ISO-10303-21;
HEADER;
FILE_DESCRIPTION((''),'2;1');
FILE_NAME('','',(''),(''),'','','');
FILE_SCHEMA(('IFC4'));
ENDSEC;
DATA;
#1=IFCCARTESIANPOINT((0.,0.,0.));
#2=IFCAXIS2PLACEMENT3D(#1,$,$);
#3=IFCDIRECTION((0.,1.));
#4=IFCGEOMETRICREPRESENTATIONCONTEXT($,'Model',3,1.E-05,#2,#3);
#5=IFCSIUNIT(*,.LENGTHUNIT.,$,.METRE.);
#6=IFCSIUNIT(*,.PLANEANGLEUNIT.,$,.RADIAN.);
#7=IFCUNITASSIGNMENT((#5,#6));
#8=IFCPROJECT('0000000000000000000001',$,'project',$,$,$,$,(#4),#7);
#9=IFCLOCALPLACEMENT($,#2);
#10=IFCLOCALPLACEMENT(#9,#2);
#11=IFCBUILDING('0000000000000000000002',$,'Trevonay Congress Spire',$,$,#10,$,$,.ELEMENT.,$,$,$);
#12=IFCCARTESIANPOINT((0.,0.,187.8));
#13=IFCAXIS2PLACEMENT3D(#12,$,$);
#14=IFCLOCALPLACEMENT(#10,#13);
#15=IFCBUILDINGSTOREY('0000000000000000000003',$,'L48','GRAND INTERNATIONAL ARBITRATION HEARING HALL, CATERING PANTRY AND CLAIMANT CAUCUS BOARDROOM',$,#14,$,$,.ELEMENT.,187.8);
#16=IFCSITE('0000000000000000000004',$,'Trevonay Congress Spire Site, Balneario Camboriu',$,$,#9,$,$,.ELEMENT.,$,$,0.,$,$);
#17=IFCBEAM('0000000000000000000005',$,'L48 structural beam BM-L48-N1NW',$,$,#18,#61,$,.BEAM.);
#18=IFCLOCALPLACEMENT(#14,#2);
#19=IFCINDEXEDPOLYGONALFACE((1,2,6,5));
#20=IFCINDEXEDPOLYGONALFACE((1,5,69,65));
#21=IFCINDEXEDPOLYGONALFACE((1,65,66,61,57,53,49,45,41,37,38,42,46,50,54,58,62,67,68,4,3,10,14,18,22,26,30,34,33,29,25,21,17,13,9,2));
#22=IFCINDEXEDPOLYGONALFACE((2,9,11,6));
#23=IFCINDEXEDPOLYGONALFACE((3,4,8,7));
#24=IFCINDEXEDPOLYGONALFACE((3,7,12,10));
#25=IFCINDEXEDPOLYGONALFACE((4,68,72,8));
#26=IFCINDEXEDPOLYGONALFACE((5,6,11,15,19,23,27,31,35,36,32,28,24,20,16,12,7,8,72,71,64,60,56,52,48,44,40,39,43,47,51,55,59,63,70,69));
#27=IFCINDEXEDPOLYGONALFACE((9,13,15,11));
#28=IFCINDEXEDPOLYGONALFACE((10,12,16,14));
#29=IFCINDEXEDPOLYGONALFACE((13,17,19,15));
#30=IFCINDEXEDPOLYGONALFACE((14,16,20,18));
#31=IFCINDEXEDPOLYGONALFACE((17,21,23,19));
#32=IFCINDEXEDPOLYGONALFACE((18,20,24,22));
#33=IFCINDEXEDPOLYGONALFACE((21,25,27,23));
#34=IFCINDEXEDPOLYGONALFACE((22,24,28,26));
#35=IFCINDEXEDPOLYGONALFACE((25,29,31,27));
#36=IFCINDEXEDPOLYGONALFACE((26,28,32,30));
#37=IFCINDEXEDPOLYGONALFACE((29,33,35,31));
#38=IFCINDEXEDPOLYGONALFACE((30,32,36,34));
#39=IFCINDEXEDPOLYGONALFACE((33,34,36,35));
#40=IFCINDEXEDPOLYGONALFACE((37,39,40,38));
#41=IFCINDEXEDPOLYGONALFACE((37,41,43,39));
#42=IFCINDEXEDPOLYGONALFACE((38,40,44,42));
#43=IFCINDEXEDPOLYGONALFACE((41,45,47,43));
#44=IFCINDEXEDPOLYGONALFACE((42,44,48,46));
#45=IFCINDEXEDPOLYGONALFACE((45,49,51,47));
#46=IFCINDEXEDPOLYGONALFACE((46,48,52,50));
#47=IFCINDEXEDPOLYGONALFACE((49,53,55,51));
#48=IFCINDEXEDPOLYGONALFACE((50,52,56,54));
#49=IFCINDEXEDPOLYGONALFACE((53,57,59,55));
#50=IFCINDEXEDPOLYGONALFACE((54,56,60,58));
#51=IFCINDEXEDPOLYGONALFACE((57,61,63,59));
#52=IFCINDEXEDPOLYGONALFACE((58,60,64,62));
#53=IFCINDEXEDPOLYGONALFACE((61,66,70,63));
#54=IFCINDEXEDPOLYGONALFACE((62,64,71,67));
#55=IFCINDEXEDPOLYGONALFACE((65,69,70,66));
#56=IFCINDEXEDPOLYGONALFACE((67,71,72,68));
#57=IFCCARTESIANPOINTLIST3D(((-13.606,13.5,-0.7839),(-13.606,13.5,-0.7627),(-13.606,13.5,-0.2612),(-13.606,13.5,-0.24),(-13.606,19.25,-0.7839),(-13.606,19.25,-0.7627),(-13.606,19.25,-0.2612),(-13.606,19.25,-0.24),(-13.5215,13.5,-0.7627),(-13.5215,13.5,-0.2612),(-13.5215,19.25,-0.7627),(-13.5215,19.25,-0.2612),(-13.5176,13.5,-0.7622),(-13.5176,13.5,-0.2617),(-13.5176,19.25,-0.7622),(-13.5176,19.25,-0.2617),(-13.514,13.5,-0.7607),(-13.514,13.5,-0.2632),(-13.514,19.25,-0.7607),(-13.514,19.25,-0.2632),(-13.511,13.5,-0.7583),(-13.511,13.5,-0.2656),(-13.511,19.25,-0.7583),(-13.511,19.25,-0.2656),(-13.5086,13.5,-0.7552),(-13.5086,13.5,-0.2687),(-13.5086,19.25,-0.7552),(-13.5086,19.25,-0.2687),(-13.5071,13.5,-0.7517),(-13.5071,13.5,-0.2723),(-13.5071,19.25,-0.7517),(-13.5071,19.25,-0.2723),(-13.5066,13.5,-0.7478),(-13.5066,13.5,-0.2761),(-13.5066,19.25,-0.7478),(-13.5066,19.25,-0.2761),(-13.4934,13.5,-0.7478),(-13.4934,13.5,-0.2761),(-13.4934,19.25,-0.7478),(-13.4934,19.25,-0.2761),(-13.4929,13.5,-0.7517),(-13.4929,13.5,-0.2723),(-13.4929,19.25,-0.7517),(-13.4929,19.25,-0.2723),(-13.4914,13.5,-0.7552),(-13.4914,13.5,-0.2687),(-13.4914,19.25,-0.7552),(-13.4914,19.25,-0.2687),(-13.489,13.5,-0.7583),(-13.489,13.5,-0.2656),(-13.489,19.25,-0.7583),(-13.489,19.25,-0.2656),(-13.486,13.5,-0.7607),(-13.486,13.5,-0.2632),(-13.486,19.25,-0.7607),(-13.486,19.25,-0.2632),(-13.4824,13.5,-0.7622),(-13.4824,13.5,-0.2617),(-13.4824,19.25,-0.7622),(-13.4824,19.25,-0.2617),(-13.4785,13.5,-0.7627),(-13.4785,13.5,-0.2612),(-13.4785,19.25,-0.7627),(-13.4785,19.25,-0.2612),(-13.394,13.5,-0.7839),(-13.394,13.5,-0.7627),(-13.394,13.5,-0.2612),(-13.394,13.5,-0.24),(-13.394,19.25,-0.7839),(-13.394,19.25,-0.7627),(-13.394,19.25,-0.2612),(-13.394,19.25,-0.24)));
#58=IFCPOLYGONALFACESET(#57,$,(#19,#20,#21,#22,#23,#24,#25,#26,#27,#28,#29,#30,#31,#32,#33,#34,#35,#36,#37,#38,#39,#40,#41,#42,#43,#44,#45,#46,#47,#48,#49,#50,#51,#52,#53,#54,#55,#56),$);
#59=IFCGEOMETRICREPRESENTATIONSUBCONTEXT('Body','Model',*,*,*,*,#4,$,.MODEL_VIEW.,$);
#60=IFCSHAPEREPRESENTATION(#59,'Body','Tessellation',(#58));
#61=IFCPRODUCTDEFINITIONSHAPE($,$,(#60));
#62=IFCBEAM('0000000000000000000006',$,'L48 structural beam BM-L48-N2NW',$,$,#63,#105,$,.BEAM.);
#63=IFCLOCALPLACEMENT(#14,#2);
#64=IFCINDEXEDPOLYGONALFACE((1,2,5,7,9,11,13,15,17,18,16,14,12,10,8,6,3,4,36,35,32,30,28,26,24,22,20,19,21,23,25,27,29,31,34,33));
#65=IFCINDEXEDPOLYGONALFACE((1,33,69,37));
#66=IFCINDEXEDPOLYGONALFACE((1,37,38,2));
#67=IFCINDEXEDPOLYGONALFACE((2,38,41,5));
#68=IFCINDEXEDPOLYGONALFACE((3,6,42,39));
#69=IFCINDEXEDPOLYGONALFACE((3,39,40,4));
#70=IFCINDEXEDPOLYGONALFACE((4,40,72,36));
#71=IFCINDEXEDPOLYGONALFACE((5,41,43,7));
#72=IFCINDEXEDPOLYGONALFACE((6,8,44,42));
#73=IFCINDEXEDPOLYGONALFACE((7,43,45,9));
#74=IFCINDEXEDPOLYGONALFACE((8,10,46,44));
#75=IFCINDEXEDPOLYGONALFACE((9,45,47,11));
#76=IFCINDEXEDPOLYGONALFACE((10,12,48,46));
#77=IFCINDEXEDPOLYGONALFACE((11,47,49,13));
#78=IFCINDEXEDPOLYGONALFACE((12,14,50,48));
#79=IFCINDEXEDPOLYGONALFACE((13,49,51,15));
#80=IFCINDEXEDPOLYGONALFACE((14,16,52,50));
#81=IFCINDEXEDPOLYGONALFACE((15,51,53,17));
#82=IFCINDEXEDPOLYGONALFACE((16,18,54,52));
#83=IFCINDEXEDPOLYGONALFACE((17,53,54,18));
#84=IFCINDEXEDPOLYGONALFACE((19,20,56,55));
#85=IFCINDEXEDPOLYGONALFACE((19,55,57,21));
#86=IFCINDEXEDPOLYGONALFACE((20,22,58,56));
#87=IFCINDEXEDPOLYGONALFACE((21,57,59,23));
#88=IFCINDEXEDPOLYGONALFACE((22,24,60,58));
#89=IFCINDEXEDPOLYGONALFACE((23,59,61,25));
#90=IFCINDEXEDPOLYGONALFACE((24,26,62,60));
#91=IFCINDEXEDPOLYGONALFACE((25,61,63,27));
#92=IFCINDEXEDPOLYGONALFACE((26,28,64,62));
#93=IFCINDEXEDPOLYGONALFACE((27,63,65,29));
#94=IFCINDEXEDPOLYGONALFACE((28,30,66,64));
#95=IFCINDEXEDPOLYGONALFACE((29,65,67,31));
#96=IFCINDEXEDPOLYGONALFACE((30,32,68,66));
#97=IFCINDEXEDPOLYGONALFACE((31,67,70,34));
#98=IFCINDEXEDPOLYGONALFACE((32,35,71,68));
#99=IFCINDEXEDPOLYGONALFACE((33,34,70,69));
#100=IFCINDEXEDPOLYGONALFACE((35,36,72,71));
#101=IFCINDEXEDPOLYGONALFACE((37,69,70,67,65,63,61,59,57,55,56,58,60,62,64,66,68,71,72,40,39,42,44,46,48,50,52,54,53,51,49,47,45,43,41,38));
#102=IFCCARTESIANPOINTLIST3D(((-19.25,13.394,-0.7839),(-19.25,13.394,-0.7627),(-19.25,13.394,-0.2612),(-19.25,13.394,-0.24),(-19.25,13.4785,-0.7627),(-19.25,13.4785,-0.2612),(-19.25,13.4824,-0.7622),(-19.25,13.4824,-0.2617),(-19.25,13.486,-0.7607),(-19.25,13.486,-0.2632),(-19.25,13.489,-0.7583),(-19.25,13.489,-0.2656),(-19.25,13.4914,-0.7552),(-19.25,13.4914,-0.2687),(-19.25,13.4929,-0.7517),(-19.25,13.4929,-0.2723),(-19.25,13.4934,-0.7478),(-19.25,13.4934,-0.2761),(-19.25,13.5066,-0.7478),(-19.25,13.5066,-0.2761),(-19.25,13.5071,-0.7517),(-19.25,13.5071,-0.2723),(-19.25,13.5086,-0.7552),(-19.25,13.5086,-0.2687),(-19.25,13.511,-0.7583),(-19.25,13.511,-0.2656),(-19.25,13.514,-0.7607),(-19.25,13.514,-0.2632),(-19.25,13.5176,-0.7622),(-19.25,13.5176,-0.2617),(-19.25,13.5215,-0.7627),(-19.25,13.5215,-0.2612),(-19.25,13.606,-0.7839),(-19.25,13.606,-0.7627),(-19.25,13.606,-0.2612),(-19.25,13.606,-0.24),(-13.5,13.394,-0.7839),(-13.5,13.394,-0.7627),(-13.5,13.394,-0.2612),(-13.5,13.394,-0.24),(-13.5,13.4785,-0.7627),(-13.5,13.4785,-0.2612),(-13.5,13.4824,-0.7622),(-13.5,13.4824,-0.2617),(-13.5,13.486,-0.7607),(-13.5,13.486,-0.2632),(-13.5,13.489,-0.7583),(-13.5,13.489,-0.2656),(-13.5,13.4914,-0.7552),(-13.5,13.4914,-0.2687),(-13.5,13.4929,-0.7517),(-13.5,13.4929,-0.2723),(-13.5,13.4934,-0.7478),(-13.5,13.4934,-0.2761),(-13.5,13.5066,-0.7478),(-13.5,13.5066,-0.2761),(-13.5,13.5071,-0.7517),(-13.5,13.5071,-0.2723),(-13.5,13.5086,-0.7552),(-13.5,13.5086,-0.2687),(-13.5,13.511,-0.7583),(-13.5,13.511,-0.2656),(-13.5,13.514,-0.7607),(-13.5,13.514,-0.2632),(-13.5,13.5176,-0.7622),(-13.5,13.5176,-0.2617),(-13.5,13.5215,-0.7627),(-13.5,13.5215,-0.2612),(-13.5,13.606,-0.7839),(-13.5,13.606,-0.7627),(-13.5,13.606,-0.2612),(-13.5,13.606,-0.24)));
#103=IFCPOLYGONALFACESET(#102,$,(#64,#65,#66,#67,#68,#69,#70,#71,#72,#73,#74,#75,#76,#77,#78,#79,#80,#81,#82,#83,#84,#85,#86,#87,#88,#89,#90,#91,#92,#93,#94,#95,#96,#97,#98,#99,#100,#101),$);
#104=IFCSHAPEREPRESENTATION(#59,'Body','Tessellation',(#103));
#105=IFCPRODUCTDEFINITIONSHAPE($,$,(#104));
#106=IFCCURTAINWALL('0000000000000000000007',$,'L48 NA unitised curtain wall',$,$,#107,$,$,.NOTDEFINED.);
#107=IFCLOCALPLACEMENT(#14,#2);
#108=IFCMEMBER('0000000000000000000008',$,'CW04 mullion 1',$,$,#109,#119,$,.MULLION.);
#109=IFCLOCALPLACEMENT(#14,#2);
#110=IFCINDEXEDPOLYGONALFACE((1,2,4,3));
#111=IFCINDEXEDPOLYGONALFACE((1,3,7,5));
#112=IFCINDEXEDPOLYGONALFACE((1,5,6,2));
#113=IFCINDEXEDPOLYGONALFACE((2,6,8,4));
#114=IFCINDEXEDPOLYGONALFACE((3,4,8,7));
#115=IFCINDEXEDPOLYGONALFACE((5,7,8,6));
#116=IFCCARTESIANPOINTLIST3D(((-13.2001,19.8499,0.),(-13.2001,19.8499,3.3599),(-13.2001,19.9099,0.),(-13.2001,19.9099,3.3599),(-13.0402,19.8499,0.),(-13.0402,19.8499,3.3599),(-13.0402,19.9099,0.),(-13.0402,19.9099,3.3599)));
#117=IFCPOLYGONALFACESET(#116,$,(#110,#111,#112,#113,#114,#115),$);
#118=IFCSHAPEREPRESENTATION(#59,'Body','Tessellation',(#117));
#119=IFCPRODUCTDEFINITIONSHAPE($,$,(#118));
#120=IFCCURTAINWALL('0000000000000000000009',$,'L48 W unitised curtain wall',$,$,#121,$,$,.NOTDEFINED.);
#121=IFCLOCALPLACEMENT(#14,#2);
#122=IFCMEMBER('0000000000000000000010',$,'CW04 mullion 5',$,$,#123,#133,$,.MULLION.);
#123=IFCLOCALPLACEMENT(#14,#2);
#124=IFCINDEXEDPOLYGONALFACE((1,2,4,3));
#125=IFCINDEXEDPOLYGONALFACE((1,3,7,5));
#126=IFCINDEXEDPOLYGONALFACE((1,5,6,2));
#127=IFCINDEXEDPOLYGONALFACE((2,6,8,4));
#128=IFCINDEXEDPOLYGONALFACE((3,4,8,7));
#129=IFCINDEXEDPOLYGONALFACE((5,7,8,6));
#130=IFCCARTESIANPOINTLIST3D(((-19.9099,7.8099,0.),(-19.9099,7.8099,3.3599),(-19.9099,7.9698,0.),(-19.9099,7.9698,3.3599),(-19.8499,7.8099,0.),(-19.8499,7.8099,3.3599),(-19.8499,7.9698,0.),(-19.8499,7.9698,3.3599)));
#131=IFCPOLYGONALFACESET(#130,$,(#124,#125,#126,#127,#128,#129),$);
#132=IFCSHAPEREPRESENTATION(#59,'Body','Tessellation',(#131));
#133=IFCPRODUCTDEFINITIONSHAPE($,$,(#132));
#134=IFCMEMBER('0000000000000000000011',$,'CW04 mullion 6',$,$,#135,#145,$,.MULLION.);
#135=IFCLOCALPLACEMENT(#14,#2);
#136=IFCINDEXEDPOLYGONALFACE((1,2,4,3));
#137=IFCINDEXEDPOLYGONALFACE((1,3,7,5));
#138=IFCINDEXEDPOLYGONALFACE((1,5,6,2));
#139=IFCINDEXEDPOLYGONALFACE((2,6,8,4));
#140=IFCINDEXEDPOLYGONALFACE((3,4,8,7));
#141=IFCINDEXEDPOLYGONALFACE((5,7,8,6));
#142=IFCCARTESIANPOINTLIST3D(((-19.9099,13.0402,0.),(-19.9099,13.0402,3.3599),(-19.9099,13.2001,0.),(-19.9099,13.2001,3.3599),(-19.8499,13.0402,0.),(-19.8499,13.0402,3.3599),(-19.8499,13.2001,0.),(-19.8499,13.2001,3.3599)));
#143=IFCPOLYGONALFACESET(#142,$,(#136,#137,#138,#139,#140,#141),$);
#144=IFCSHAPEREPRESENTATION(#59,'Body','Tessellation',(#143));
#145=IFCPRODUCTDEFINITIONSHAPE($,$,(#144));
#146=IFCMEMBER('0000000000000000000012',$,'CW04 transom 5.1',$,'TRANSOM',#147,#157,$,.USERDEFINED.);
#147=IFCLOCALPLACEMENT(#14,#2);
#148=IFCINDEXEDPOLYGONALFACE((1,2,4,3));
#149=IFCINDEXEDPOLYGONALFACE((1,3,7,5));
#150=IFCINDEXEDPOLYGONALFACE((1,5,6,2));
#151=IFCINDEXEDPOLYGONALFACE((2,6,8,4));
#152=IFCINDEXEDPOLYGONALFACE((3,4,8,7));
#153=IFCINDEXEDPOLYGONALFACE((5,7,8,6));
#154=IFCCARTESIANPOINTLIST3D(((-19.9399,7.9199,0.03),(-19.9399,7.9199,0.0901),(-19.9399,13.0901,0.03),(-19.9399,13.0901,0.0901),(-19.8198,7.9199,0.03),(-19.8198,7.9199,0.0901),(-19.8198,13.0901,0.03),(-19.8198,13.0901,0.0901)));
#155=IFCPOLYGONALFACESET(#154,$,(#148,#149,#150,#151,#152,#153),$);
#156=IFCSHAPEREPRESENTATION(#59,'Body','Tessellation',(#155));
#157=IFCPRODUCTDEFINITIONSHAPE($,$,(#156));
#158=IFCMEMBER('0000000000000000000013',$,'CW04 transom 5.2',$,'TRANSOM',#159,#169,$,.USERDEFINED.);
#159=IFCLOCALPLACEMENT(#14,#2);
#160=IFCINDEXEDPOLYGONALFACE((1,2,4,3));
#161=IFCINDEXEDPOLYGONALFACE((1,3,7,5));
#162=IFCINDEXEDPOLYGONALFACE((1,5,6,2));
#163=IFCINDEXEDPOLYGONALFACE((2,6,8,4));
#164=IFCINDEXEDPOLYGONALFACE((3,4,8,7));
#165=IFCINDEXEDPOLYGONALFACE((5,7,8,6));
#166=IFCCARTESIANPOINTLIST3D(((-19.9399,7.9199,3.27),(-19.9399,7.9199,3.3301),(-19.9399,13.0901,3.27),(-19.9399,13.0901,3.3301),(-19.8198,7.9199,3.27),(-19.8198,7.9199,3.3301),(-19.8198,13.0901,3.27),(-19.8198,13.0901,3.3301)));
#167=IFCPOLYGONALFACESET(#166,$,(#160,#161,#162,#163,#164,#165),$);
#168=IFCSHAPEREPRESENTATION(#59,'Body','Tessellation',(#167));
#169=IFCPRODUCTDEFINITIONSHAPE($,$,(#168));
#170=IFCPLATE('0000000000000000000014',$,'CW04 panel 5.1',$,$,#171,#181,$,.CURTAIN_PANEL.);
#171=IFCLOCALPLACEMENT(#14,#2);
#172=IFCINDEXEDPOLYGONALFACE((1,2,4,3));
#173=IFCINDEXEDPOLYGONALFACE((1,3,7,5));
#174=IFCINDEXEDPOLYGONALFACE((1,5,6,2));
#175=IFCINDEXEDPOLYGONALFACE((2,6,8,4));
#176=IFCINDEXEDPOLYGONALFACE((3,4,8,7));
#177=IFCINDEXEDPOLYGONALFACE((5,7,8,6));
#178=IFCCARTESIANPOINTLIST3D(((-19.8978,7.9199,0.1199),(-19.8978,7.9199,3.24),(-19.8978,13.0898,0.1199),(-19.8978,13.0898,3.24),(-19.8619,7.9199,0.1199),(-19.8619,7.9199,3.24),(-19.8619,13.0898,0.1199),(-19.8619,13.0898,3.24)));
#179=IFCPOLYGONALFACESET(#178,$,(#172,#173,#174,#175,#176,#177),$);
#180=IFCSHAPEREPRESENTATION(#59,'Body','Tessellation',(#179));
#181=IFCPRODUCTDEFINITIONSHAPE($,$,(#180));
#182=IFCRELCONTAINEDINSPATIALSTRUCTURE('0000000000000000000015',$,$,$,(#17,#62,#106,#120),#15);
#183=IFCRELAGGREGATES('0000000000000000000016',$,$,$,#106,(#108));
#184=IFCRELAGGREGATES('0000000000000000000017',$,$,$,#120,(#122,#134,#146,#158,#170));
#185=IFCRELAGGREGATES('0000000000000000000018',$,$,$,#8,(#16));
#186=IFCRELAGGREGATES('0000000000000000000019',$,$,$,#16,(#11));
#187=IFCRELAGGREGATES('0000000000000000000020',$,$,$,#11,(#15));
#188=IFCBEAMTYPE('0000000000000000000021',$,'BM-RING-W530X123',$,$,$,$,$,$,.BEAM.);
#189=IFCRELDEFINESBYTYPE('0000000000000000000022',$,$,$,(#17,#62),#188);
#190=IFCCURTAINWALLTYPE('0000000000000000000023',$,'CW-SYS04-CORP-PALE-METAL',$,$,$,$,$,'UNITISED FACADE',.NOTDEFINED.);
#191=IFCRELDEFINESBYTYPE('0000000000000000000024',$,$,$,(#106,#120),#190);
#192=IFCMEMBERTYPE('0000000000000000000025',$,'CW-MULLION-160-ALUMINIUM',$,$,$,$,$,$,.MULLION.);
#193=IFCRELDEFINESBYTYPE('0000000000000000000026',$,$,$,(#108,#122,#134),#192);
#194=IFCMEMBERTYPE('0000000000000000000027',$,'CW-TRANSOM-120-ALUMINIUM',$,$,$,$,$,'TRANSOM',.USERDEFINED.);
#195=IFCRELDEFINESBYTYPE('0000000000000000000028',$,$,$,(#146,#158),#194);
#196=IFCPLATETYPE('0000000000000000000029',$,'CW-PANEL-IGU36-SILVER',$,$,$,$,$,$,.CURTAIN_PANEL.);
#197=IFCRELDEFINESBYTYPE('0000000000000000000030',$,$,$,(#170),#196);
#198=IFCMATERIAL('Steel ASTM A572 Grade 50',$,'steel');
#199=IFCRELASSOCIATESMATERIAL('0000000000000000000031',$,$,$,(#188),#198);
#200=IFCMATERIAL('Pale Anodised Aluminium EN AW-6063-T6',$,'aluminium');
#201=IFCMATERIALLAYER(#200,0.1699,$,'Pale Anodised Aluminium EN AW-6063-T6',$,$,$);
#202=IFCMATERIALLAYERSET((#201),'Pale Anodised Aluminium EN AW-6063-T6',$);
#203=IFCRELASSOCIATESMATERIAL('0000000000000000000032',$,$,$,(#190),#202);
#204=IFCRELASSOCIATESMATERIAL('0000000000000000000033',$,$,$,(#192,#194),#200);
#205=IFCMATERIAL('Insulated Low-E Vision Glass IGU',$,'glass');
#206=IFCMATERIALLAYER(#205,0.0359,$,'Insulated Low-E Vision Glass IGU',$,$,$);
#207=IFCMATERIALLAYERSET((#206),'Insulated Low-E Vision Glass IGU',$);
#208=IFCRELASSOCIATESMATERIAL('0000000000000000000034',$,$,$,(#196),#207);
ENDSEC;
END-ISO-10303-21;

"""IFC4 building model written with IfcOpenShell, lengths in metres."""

from ifc_helpers import new_model, si_unit, direction, frame, origin, origin_2d, place, context, subcontext, project, spatial, rectangle, i_section, extrude, material, layer, layer_set, material_profile, profile_set, type_object, element, aggregate, save


model = new_model("IFC4")

# Units and contexts
model_context = context("Model", 3, precision=1e-05, world=origin(), true_north=direction((0.0, 1.0)))
body_context = subcontext(model_context, "Body", "Model", "MODEL_VIEW")
ifc_project = project(units=[si_unit("LENGTHUNIT", "METRE"), si_unit("PLANEANGLEUNIT", "RADIAN")], contexts=[model_context])

# Site, building, storey
site_placement = place(None, origin())
site = spatial("IfcSite", under=ifc_project, at=site_placement, Name="Trevonay Congress Spire Site, Balneario Camboriu", CompositionType="ELEMENT", RefElevation=0.0)
building_placement = place(site_placement, origin())
building = spatial("IfcBuilding", under=site, at=building_placement, Name="Trevonay Congress Spire", CompositionType="ELEMENT")
storey_placement = place(building_placement, frame((0.0, 0.0, 187.8)))
storey = spatial("IfcBuildingStorey", under=building, at=storey_placement, Name="L48", Description="GRAND INTERNATIONAL ARBITRATION HEARING HALL, CATERING PANTRY AND CLAIMANT CAUCUS BOARDROOM", CompositionType="ELEMENT", Elevation=187.8)

# Shared definitions
ifc_material_1 = material(Name="Steel ASTM A572 Grade 50", Category="steel")

# Beams
ifc_material_profile_1 = material_profile(ifc_material_1, i_section(OverallWidth=0.2119, OverallDepth=0.5439, WebThickness=0.0132, FlangeThickness=0.0212, FilletRadius=0.0149, at=origin_2d()), Name="W530x123")
ifc_profile_set_1 = profile_set([ifc_material_profile_1], Name="Steel ASTM A572 Grade 50")
beam_type = type_object("IfcBeamType", Name="BM-RING-W530X123", PredefinedType="BEAM", material=ifc_profile_set_1)
for number, where, z_axis, x_axis, name in (
    (1, (-13.5, 19.25, -0.512), (0.0, -1.0, 0.0), (1.0, 0.0, 0.0), "L48 structural beam BM-L48-N1NW"),
    (2, (-19.25, 13.5, -0.512), (1.0, 0.0, 0.0), (0.0, 1.0, 0.0), "L48 structural beam BM-L48-N2NW"),
):
    element("IfcBeam", number, at=place(storey_placement, frame(where, z_axis=z_axis, x_axis=x_axis)), inside=storey, type_object=beam_type, Name=name, PredefinedType="BEAM", context=body_context, shape_type="SweptSolid", body=[
        extrude(i_section(OverallWidth=0.2119, OverallDepth=0.5439, WebThickness=0.0132, FlangeThickness=0.0212, FilletRadius=0.0149, at=origin_2d()), origin(), (0.0, 0.0, 1.0), 5.75),
    ])

# Curtain wall, member
ifc_material_2 = material(Name="Pale Anodised Aluminium EN AW-6063-T6", Category="aluminium")
ifc_layer_1 = layer(ifc_material_2, 0.1699, Name="Pale Anodised Aluminium EN AW-6063-T6")
ifc_layer_set_1 = layer_set([ifc_layer_1], Name="Pale Anodised Aluminium EN AW-6063-T6")
curtain_wall_type = type_object("IfcCurtainWallType", Name="CW-SYS04-CORP-PALE-METAL", ElementType="UNITISED FACADE", PredefinedType="NOTDEFINED", material=ifc_layer_set_1)
curtain_wall_1_placement = place(storey_placement, origin())
curtain_wall_1 = element("IfcCurtainWall", 3, at=curtain_wall_1_placement, inside=storey, type_object=curtain_wall_type, Name="L48 NA unitised curtain wall", PredefinedType="NOTDEFINED")
ifc_material_profile_2 = material_profile(ifc_material_2, rectangle(XDim=0.0601, YDim=0.1599, at=origin_2d()), Name="CW-MULLION-160-ALUMINIUM")
ifc_profile_set_2 = profile_set([ifc_material_profile_2], Name="Pale Anodised Aluminium EN AW-6063-T6")
member_type_1 = type_object("IfcMemberType", Name="CW-MULLION-160-ALUMINIUM", PredefinedType="MULLION", material=ifc_profile_set_2)
member_1_placement = place(storey_placement, frame((-13.1201, 19.8799, 0.0), z_axis=(0.0, 0.0, 1.0), x_axis=(0.0, 1.0, 0.0)))
member_1 = element("IfcMember", 4, at=member_1_placement, type_object=member_type_1, Name="CW04 mullion 1", PredefinedType="MULLION", context=body_context, shape_type="SweptSolid", body=[
    extrude(rectangle(XDim=0.0601, YDim=0.1599, at=origin_2d()), origin(), (0.0, 0.0, 1.0), 3.3599),
])
aggregate(curtain_wall_1, [member_1])

# Curtain wall, members, plate
curtain_wall_2_placement = place(storey_placement, origin())
curtain_wall_2 = element("IfcCurtainWall", 5, at=curtain_wall_2_placement, inside=storey, type_object=curtain_wall_type, Name="L48 W unitised curtain wall", PredefinedType="NOTDEFINED")
member_2_placement = place(storey_placement, frame((-19.8799, 7.8899, 0.0), z_axis=(0.0, 0.0, 1.0), x_axis=(-1.0, 0.0, 0.0)))
member_2 = element("IfcMember", 6, at=member_2_placement, type_object=member_type_1, Name="CW04 mullion 5", PredefinedType="MULLION", context=body_context, shape_type="SweptSolid", body=[
    extrude(rectangle(XDim=0.0601, YDim=0.1599, at=origin_2d()), origin(), (0.0, 0.0, 1.0), 3.3599),
])
member_3_placement = place(storey_placement, frame((-19.8799, 13.1201, 0.0), z_axis=(0.0, 0.0, 1.0), x_axis=(-1.0, 0.0, 0.0)))
member_3 = element("IfcMember", 7, at=member_3_placement, type_object=member_type_1, Name="CW04 mullion 6", PredefinedType="MULLION", context=body_context, shape_type="SweptSolid", body=[
    extrude(rectangle(XDim=0.0601, YDim=0.1599, at=origin_2d()), origin(), (0.0, 0.0, 1.0), 3.3599),
])
ifc_material_profile_3 = material_profile(ifc_material_2, rectangle(XDim=0.1201, YDim=0.0601, at=origin_2d()), Name="CW-TRANSOM-120-ALUMINIUM")
ifc_profile_set_3 = profile_set([ifc_material_profile_3], Name="Pale Anodised Aluminium EN AW-6063-T6")
member_type_2 = type_object("IfcMemberType", Name="CW-TRANSOM-120-ALUMINIUM", ElementType="TRANSOM", PredefinedType="USERDEFINED", material=ifc_profile_set_3)
member_4_placement = place(storey_placement, frame((-19.8799, 7.9199, 0.0601), z_axis=(0.0, 1.0, 0.0), x_axis=(-1.0, 0.0, 0.0)))
member_4 = element("IfcMember", 8, at=member_4_placement, type_object=member_type_2, Name="CW04 transom 5.1", ObjectType="TRANSOM", PredefinedType="USERDEFINED", context=body_context, shape_type="SweptSolid", body=[
    extrude(rectangle(XDim=0.1201, YDim=0.0601, at=origin_2d()), origin(), (0.0, 0.0, 1.0), 5.1702),
])
member_5_placement = place(storey_placement, frame((-19.8799, 7.9199, 3.3), z_axis=(0.0, 1.0, 0.0), x_axis=(-1.0, 0.0, 0.0)))
member_5 = element("IfcMember", 9, at=member_5_placement, type_object=member_type_2, Name="CW04 transom 5.2", ObjectType="TRANSOM", PredefinedType="USERDEFINED", context=body_context, shape_type="SweptSolid", body=[
    extrude(rectangle(XDim=0.1201, YDim=0.0601, at=origin_2d()), origin(), (0.0, 0.0, 1.0), 5.1702),
])
ifc_material_3 = material(Name="Insulated Low-E Vision Glass IGU", Category="glass")
ifc_layer_2 = layer(ifc_material_3, 0.0359, Name="Insulated Low-E Vision Glass IGU")
ifc_layer_set_2 = layer_set([ifc_layer_2], Name="Insulated Low-E Vision Glass IGU")
plate_type = type_object("IfcPlateType", Name="CW-PANEL-IGU36-SILVER", PredefinedType="CURTAIN_PANEL", material=ifc_layer_set_2)
plate_placement = place(storey_placement, frame((-19.8799, 10.5049, 0.1199), z_axis=(0.0, 0.0, 1.0), x_axis=(0.0, 1.0, 0.0)))
plate = element("IfcPlate", 10, at=plate_placement, type_object=plate_type, Name="CW04 panel 5.1", PredefinedType="CURTAIN_PANEL", context=body_context, shape_type="SweptSolid", body=[
    extrude(rectangle(XDim=5.1699, YDim=0.0359, at=origin_2d()), origin(), (0.0, 0.0, 1.0), 3.1201),
])
aggregate(curtain_wall_2, [member_2, member_3, member_4, member_5, plate])

save(model, "model.ifc")
